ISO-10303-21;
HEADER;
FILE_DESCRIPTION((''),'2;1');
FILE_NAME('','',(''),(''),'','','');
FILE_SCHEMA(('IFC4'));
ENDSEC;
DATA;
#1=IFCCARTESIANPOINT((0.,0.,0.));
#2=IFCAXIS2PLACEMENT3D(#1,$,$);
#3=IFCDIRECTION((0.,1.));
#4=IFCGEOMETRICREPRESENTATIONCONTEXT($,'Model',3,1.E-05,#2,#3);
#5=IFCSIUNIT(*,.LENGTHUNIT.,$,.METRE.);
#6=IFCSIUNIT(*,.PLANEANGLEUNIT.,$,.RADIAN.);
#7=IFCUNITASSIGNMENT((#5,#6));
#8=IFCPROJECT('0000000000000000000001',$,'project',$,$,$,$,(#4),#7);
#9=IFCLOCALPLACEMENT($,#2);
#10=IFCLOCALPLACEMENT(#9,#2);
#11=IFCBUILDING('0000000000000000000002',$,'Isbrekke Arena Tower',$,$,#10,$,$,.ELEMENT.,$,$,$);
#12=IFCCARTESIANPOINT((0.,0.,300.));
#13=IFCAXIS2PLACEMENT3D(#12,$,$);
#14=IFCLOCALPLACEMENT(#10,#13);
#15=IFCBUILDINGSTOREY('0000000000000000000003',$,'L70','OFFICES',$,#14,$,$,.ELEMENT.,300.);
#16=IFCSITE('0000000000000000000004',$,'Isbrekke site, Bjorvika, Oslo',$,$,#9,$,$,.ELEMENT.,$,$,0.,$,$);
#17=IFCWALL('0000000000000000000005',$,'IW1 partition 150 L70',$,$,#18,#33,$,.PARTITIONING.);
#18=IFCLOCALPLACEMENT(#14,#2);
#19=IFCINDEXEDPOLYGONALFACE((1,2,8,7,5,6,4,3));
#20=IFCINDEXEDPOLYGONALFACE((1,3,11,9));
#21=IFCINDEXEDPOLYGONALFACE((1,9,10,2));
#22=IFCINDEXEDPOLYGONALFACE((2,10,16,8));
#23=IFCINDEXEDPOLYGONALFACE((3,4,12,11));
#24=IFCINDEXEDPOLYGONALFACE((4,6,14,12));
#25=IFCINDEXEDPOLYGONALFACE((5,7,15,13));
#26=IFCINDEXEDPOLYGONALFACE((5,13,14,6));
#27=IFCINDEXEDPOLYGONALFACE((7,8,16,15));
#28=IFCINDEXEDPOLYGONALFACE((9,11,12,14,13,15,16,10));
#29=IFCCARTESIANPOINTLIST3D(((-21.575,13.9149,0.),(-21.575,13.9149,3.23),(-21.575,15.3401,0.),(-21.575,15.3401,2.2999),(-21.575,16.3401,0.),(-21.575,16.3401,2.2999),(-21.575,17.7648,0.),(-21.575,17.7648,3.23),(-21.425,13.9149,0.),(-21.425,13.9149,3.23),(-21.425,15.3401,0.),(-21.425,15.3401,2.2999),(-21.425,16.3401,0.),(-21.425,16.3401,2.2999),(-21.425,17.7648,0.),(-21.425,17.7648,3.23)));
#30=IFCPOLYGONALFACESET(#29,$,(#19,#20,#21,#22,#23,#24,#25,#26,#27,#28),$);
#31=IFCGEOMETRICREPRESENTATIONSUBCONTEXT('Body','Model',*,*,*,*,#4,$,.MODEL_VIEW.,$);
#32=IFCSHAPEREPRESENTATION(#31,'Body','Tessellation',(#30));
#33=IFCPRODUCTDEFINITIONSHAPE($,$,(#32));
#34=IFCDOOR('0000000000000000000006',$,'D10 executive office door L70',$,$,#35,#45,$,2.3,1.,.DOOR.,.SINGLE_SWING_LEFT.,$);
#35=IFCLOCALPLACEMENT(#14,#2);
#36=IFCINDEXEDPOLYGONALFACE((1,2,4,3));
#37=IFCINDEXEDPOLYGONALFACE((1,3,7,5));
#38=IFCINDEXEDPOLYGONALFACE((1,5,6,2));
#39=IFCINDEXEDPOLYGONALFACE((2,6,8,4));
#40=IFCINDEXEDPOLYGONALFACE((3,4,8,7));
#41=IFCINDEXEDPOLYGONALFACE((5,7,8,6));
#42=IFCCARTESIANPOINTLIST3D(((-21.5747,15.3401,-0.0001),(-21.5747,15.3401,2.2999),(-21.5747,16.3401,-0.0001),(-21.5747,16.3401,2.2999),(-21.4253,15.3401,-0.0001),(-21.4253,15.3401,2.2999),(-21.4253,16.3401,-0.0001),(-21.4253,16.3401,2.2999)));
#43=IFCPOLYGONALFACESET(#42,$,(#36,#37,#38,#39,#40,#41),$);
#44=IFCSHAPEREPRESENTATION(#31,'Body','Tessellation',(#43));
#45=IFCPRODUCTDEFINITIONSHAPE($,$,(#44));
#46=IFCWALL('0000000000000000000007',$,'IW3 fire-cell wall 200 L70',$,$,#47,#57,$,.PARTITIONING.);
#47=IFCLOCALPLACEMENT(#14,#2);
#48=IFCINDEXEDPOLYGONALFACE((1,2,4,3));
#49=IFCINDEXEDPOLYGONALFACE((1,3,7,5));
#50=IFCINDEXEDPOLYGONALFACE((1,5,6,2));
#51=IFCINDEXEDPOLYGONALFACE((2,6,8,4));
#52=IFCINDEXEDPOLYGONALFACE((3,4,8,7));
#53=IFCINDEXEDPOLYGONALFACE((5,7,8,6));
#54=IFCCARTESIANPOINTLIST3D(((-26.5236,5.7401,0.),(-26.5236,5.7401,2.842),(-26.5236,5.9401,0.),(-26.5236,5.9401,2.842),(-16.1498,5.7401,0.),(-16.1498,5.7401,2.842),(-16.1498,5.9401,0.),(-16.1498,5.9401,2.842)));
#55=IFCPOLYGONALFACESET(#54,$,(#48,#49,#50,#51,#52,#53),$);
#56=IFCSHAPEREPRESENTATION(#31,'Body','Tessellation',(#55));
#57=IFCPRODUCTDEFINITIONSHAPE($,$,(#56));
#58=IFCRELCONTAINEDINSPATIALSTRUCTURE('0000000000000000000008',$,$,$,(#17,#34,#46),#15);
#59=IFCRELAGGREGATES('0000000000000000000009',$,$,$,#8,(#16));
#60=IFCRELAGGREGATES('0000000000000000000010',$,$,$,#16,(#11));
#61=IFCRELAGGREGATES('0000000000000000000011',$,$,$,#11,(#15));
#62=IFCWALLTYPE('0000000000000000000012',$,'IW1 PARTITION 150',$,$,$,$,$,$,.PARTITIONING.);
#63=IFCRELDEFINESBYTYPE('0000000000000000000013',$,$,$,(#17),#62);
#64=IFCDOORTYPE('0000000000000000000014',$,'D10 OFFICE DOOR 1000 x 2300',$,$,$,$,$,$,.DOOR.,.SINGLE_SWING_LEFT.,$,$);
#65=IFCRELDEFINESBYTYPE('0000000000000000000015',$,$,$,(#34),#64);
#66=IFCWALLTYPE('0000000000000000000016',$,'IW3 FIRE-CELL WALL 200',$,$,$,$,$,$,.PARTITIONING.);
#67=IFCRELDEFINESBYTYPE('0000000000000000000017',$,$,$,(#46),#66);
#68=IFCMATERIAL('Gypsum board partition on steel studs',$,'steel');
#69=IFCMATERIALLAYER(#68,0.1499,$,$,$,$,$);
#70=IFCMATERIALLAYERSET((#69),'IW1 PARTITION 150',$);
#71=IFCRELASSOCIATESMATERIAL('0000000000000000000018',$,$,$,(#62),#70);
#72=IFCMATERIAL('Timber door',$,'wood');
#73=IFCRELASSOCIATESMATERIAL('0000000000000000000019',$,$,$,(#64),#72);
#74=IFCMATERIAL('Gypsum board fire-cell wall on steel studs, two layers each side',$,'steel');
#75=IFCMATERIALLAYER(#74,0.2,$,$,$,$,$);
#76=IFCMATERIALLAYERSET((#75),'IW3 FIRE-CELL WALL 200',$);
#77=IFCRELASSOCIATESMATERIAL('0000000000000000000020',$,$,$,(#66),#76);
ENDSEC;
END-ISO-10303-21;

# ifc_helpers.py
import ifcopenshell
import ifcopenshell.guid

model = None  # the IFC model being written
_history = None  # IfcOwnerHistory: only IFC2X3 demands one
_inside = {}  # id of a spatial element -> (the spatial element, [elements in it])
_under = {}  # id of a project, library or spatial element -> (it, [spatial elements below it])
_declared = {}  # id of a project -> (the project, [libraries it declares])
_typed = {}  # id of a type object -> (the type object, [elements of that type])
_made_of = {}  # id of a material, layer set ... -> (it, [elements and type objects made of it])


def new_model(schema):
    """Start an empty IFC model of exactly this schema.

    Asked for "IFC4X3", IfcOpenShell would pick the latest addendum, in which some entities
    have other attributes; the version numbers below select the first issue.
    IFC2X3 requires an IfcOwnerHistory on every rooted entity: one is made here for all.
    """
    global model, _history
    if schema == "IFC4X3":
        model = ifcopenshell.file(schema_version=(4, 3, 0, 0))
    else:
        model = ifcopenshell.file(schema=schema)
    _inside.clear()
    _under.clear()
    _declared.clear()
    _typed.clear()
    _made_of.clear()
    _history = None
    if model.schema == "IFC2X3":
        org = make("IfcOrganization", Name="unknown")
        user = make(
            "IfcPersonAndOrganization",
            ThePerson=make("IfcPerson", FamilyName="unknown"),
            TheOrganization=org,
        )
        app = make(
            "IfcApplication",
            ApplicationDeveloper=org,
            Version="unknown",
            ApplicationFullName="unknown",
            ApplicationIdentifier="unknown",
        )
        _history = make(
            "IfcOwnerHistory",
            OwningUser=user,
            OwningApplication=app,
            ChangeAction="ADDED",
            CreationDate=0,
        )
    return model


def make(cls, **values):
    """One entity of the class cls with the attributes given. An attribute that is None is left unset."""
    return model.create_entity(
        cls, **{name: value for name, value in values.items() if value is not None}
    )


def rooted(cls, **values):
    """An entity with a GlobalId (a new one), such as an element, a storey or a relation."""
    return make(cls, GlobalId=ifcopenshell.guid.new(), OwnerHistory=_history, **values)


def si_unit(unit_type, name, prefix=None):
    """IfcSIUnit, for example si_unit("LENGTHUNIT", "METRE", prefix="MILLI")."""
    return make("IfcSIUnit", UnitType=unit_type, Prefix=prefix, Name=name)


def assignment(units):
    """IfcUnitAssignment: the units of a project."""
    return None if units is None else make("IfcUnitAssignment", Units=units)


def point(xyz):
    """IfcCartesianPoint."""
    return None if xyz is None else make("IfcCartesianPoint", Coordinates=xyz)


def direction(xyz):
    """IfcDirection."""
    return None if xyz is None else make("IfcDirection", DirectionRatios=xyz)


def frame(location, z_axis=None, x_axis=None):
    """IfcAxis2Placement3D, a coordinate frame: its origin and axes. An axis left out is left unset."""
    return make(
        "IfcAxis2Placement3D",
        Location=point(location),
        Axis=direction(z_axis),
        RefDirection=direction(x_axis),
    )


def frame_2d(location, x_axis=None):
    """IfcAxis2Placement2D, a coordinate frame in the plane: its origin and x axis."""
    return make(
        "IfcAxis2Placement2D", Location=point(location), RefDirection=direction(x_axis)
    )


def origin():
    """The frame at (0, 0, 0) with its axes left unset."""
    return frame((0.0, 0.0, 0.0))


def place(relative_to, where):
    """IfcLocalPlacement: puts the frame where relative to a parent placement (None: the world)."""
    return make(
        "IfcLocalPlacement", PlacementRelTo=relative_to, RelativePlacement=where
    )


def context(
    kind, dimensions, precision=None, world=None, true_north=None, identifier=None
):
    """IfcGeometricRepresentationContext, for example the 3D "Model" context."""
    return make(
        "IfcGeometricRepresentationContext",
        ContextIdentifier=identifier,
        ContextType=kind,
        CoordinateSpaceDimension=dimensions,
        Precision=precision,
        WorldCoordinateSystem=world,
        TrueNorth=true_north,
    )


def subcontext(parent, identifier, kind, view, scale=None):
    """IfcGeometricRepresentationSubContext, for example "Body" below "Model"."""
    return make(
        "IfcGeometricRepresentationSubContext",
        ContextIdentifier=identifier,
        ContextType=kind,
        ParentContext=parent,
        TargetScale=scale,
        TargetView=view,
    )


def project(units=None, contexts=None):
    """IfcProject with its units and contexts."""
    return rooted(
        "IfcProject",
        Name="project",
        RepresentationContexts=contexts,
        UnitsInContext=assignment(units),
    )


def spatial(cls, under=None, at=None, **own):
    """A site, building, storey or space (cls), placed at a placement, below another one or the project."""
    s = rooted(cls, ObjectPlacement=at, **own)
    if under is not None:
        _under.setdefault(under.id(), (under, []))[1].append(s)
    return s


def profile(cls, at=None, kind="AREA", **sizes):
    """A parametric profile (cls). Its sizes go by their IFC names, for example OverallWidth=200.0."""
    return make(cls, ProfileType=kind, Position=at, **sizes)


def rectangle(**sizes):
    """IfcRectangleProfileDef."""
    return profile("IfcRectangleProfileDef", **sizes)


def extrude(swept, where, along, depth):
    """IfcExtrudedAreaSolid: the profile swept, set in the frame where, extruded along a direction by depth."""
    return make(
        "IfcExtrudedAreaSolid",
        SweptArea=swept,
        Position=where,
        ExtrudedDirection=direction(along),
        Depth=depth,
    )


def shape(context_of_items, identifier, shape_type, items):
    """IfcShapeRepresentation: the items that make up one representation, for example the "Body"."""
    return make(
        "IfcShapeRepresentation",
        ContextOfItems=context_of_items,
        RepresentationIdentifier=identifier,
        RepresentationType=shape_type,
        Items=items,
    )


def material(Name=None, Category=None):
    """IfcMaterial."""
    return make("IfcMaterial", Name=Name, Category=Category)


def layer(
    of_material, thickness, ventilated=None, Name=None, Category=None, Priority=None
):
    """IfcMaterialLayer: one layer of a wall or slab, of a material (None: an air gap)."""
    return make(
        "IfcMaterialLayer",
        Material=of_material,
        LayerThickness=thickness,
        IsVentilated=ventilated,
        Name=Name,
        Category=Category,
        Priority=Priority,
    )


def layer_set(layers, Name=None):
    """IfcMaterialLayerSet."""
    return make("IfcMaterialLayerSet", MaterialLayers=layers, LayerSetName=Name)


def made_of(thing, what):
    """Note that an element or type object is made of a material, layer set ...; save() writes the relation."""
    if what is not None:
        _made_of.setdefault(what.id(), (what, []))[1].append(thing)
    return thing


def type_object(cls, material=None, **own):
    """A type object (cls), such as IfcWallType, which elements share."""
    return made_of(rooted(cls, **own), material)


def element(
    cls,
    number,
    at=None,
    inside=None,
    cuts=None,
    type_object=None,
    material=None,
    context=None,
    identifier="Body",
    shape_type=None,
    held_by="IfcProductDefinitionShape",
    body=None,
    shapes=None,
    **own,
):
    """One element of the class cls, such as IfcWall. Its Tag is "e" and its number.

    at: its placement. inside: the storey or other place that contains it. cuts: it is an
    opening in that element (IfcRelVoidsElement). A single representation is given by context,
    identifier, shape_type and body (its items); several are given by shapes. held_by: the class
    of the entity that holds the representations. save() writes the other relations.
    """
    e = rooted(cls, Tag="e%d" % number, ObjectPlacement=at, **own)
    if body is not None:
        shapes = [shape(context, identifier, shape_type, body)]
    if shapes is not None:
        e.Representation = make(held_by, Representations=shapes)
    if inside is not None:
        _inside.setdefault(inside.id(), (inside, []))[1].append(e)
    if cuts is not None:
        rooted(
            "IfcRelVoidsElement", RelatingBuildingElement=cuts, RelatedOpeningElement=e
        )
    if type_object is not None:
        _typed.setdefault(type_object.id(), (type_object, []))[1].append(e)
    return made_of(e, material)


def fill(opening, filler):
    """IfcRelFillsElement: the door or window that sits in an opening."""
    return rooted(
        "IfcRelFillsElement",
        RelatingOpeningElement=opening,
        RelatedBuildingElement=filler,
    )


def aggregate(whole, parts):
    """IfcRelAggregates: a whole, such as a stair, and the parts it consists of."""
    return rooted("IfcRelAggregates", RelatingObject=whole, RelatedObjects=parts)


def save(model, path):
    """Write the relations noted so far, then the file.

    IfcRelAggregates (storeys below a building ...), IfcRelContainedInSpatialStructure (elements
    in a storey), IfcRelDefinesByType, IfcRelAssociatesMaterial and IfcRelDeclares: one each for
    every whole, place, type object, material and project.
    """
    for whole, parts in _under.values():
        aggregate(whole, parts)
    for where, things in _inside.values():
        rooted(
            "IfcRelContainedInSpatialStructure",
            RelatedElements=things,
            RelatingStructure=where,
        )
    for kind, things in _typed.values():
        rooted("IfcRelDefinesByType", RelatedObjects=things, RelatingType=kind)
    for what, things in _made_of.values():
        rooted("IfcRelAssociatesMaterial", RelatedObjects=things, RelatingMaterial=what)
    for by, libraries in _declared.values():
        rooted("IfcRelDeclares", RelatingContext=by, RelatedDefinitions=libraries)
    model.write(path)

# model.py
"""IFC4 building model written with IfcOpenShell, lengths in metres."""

from ifc_helpers import new_model, si_unit, direction, frame, frame_2d, origin, place, context, subcontext, project, spatial, rectangle, extrude, material, layer, layer_set, type_object, element, fill, save


model = new_model("IFC4")

# Units and contexts
model_context = context("Model", 3, precision=1e-05, world=origin(), true_north=direction((0.0, 1.0)))
body_context = subcontext(model_context, "Body", "Model", "MODEL_VIEW")
ifc_project = project(units=[si_unit("LENGTHUNIT", "METRE"), si_unit("PLANEANGLEUNIT", "RADIAN")], contexts=[model_context])

# Site, building, storey
site_placement = place(None, origin())
site = spatial("IfcSite", under=ifc_project, at=site_placement, Name="Isbrekke site, Bjorvika, Oslo", CompositionType="ELEMENT", RefElevation=0.0)
building_placement = place(site_placement, origin())
building = spatial("IfcBuilding", under=site, at=building_placement, Name="Isbrekke Arena Tower", CompositionType="ELEMENT")
storey_placement = place(building_placement, frame((0.0, 0.0, 300.0)))
storey = spatial("IfcBuildingStorey", under=building, at=storey_placement, Name="L70", Description="OFFICES", CompositionType="ELEMENT", Elevation=300.0)

# Shared definitions
ifc_material_1 = material(Name="Gypsum board partition on steel studs", Category="steel")
ifc_layer_1 = layer(ifc_material_1, 0.1499)
ifc_layer_set_1 = layer_set([ifc_layer_1], Name="IW1 PARTITION 150")
wall_type_1 = type_object("IfcWallType", Name="IW1 PARTITION 150", PredefinedType="PARTITIONING", material=ifc_layer_set_1)

# Wall, opening, door
ifc_material_2 = material(Name="Timber door", Category="wood")
door_type = type_object("IfcDoorType", Name="D10 OFFICE DOOR 1000 x 2300", OperationType="SINGLE_SWING_LEFT", PredefinedType="DOOR", material=ifc_material_2)
wall_1_placement = place(storey_placement, frame((-21.5, 13.915, 0.0), z_axis=(0.0, 0.0, 1.0), x_axis=(0.0, 1.0, 0.0)))
wall_1 = element("IfcWall", 1, at=wall_1_placement, inside=storey, type_object=wall_type_1, Name="IW1 partition 150 L70", PredefinedType="PARTITIONING", context=body_context, shape_type="SweptSolid", body=[
    extrude(rectangle(XDim=3.8499, YDim=0.1499, at=frame_2d((1.9248, 0.0))), origin(), (0.0, 0.0, 1.0), 3.23),
])
opening_1_placement = place(wall_1_placement, frame((1.425, 0.0, 0.0)))
opening_1 = element("IfcOpeningElement", 2, at=opening_1_placement, cuts=wall_1, PredefinedType="OPENING", context=body_context, shape_type="SweptSolid", body=[
    extrude(rectangle(XDim=1.0, YDim=2.3, at=frame_2d((0.5, 1.1499))), frame((0.0, 0.0898, 0.0), z_axis=(0.0, -1.0, 0.0), x_axis=(1.0, 0.0, 0.0)), (0.0, 0.0, 1.0), 0.1797),
])
door_1_placement = place(opening_1_placement, origin())
door_1 = element("IfcDoor", 3, at=door_1_placement, inside=storey, type_object=door_type, Name="D10 executive office door L70", OperationType="SINGLE_SWING_LEFT", OverallHeight=2.3, OverallWidth=1.0, PredefinedType="DOOR", context=body_context, shape_type="SweptSolid", body=[
    extrude(rectangle(XDim=1.0, YDim=2.3, at=frame_2d((0.5, 1.1499))), frame((0.0, 0.0747, 0.0), z_axis=(0.0, -1.0, 0.0), x_axis=(1.0, 0.0, 0.0)), (0.0, 0.0, 1.0), 0.1494),
])
fill(opening_1, door_1)

# Wall
ifc_material_3 = material(Name="Gypsum board fire-cell wall on steel studs, two layers each side", Category="steel")
ifc_layer_2 = layer(ifc_material_3, 0.2)
ifc_layer_set_2 = layer_set([ifc_layer_2], Name="IW3 FIRE-CELL WALL 200")
wall_type_2 = type_object("IfcWallType", Name="IW3 FIRE-CELL WALL 200", PredefinedType="PARTITIONING", material=ifc_layer_set_2)
wall_2_placement = place(storey_placement, frame((-26.5237, 5.8401, 0.0), z_axis=(0.0, 0.0, 1.0), x_axis=(1.0, 0.0, 0.0)))
element("IfcWall", 4, at=wall_2_placement, inside=storey, type_object=wall_type_2, Name="IW3 fire-cell wall 200 L70", PredefinedType="PARTITIONING", context=body_context, shape_type="SweptSolid", body=[
    extrude(rectangle(XDim=10.3738, YDim=0.2, at=frame_2d((5.187, 0.0))), origin(), (0.0, 0.0, 1.0), 2.842),
])

save(model, "model.ifc")
